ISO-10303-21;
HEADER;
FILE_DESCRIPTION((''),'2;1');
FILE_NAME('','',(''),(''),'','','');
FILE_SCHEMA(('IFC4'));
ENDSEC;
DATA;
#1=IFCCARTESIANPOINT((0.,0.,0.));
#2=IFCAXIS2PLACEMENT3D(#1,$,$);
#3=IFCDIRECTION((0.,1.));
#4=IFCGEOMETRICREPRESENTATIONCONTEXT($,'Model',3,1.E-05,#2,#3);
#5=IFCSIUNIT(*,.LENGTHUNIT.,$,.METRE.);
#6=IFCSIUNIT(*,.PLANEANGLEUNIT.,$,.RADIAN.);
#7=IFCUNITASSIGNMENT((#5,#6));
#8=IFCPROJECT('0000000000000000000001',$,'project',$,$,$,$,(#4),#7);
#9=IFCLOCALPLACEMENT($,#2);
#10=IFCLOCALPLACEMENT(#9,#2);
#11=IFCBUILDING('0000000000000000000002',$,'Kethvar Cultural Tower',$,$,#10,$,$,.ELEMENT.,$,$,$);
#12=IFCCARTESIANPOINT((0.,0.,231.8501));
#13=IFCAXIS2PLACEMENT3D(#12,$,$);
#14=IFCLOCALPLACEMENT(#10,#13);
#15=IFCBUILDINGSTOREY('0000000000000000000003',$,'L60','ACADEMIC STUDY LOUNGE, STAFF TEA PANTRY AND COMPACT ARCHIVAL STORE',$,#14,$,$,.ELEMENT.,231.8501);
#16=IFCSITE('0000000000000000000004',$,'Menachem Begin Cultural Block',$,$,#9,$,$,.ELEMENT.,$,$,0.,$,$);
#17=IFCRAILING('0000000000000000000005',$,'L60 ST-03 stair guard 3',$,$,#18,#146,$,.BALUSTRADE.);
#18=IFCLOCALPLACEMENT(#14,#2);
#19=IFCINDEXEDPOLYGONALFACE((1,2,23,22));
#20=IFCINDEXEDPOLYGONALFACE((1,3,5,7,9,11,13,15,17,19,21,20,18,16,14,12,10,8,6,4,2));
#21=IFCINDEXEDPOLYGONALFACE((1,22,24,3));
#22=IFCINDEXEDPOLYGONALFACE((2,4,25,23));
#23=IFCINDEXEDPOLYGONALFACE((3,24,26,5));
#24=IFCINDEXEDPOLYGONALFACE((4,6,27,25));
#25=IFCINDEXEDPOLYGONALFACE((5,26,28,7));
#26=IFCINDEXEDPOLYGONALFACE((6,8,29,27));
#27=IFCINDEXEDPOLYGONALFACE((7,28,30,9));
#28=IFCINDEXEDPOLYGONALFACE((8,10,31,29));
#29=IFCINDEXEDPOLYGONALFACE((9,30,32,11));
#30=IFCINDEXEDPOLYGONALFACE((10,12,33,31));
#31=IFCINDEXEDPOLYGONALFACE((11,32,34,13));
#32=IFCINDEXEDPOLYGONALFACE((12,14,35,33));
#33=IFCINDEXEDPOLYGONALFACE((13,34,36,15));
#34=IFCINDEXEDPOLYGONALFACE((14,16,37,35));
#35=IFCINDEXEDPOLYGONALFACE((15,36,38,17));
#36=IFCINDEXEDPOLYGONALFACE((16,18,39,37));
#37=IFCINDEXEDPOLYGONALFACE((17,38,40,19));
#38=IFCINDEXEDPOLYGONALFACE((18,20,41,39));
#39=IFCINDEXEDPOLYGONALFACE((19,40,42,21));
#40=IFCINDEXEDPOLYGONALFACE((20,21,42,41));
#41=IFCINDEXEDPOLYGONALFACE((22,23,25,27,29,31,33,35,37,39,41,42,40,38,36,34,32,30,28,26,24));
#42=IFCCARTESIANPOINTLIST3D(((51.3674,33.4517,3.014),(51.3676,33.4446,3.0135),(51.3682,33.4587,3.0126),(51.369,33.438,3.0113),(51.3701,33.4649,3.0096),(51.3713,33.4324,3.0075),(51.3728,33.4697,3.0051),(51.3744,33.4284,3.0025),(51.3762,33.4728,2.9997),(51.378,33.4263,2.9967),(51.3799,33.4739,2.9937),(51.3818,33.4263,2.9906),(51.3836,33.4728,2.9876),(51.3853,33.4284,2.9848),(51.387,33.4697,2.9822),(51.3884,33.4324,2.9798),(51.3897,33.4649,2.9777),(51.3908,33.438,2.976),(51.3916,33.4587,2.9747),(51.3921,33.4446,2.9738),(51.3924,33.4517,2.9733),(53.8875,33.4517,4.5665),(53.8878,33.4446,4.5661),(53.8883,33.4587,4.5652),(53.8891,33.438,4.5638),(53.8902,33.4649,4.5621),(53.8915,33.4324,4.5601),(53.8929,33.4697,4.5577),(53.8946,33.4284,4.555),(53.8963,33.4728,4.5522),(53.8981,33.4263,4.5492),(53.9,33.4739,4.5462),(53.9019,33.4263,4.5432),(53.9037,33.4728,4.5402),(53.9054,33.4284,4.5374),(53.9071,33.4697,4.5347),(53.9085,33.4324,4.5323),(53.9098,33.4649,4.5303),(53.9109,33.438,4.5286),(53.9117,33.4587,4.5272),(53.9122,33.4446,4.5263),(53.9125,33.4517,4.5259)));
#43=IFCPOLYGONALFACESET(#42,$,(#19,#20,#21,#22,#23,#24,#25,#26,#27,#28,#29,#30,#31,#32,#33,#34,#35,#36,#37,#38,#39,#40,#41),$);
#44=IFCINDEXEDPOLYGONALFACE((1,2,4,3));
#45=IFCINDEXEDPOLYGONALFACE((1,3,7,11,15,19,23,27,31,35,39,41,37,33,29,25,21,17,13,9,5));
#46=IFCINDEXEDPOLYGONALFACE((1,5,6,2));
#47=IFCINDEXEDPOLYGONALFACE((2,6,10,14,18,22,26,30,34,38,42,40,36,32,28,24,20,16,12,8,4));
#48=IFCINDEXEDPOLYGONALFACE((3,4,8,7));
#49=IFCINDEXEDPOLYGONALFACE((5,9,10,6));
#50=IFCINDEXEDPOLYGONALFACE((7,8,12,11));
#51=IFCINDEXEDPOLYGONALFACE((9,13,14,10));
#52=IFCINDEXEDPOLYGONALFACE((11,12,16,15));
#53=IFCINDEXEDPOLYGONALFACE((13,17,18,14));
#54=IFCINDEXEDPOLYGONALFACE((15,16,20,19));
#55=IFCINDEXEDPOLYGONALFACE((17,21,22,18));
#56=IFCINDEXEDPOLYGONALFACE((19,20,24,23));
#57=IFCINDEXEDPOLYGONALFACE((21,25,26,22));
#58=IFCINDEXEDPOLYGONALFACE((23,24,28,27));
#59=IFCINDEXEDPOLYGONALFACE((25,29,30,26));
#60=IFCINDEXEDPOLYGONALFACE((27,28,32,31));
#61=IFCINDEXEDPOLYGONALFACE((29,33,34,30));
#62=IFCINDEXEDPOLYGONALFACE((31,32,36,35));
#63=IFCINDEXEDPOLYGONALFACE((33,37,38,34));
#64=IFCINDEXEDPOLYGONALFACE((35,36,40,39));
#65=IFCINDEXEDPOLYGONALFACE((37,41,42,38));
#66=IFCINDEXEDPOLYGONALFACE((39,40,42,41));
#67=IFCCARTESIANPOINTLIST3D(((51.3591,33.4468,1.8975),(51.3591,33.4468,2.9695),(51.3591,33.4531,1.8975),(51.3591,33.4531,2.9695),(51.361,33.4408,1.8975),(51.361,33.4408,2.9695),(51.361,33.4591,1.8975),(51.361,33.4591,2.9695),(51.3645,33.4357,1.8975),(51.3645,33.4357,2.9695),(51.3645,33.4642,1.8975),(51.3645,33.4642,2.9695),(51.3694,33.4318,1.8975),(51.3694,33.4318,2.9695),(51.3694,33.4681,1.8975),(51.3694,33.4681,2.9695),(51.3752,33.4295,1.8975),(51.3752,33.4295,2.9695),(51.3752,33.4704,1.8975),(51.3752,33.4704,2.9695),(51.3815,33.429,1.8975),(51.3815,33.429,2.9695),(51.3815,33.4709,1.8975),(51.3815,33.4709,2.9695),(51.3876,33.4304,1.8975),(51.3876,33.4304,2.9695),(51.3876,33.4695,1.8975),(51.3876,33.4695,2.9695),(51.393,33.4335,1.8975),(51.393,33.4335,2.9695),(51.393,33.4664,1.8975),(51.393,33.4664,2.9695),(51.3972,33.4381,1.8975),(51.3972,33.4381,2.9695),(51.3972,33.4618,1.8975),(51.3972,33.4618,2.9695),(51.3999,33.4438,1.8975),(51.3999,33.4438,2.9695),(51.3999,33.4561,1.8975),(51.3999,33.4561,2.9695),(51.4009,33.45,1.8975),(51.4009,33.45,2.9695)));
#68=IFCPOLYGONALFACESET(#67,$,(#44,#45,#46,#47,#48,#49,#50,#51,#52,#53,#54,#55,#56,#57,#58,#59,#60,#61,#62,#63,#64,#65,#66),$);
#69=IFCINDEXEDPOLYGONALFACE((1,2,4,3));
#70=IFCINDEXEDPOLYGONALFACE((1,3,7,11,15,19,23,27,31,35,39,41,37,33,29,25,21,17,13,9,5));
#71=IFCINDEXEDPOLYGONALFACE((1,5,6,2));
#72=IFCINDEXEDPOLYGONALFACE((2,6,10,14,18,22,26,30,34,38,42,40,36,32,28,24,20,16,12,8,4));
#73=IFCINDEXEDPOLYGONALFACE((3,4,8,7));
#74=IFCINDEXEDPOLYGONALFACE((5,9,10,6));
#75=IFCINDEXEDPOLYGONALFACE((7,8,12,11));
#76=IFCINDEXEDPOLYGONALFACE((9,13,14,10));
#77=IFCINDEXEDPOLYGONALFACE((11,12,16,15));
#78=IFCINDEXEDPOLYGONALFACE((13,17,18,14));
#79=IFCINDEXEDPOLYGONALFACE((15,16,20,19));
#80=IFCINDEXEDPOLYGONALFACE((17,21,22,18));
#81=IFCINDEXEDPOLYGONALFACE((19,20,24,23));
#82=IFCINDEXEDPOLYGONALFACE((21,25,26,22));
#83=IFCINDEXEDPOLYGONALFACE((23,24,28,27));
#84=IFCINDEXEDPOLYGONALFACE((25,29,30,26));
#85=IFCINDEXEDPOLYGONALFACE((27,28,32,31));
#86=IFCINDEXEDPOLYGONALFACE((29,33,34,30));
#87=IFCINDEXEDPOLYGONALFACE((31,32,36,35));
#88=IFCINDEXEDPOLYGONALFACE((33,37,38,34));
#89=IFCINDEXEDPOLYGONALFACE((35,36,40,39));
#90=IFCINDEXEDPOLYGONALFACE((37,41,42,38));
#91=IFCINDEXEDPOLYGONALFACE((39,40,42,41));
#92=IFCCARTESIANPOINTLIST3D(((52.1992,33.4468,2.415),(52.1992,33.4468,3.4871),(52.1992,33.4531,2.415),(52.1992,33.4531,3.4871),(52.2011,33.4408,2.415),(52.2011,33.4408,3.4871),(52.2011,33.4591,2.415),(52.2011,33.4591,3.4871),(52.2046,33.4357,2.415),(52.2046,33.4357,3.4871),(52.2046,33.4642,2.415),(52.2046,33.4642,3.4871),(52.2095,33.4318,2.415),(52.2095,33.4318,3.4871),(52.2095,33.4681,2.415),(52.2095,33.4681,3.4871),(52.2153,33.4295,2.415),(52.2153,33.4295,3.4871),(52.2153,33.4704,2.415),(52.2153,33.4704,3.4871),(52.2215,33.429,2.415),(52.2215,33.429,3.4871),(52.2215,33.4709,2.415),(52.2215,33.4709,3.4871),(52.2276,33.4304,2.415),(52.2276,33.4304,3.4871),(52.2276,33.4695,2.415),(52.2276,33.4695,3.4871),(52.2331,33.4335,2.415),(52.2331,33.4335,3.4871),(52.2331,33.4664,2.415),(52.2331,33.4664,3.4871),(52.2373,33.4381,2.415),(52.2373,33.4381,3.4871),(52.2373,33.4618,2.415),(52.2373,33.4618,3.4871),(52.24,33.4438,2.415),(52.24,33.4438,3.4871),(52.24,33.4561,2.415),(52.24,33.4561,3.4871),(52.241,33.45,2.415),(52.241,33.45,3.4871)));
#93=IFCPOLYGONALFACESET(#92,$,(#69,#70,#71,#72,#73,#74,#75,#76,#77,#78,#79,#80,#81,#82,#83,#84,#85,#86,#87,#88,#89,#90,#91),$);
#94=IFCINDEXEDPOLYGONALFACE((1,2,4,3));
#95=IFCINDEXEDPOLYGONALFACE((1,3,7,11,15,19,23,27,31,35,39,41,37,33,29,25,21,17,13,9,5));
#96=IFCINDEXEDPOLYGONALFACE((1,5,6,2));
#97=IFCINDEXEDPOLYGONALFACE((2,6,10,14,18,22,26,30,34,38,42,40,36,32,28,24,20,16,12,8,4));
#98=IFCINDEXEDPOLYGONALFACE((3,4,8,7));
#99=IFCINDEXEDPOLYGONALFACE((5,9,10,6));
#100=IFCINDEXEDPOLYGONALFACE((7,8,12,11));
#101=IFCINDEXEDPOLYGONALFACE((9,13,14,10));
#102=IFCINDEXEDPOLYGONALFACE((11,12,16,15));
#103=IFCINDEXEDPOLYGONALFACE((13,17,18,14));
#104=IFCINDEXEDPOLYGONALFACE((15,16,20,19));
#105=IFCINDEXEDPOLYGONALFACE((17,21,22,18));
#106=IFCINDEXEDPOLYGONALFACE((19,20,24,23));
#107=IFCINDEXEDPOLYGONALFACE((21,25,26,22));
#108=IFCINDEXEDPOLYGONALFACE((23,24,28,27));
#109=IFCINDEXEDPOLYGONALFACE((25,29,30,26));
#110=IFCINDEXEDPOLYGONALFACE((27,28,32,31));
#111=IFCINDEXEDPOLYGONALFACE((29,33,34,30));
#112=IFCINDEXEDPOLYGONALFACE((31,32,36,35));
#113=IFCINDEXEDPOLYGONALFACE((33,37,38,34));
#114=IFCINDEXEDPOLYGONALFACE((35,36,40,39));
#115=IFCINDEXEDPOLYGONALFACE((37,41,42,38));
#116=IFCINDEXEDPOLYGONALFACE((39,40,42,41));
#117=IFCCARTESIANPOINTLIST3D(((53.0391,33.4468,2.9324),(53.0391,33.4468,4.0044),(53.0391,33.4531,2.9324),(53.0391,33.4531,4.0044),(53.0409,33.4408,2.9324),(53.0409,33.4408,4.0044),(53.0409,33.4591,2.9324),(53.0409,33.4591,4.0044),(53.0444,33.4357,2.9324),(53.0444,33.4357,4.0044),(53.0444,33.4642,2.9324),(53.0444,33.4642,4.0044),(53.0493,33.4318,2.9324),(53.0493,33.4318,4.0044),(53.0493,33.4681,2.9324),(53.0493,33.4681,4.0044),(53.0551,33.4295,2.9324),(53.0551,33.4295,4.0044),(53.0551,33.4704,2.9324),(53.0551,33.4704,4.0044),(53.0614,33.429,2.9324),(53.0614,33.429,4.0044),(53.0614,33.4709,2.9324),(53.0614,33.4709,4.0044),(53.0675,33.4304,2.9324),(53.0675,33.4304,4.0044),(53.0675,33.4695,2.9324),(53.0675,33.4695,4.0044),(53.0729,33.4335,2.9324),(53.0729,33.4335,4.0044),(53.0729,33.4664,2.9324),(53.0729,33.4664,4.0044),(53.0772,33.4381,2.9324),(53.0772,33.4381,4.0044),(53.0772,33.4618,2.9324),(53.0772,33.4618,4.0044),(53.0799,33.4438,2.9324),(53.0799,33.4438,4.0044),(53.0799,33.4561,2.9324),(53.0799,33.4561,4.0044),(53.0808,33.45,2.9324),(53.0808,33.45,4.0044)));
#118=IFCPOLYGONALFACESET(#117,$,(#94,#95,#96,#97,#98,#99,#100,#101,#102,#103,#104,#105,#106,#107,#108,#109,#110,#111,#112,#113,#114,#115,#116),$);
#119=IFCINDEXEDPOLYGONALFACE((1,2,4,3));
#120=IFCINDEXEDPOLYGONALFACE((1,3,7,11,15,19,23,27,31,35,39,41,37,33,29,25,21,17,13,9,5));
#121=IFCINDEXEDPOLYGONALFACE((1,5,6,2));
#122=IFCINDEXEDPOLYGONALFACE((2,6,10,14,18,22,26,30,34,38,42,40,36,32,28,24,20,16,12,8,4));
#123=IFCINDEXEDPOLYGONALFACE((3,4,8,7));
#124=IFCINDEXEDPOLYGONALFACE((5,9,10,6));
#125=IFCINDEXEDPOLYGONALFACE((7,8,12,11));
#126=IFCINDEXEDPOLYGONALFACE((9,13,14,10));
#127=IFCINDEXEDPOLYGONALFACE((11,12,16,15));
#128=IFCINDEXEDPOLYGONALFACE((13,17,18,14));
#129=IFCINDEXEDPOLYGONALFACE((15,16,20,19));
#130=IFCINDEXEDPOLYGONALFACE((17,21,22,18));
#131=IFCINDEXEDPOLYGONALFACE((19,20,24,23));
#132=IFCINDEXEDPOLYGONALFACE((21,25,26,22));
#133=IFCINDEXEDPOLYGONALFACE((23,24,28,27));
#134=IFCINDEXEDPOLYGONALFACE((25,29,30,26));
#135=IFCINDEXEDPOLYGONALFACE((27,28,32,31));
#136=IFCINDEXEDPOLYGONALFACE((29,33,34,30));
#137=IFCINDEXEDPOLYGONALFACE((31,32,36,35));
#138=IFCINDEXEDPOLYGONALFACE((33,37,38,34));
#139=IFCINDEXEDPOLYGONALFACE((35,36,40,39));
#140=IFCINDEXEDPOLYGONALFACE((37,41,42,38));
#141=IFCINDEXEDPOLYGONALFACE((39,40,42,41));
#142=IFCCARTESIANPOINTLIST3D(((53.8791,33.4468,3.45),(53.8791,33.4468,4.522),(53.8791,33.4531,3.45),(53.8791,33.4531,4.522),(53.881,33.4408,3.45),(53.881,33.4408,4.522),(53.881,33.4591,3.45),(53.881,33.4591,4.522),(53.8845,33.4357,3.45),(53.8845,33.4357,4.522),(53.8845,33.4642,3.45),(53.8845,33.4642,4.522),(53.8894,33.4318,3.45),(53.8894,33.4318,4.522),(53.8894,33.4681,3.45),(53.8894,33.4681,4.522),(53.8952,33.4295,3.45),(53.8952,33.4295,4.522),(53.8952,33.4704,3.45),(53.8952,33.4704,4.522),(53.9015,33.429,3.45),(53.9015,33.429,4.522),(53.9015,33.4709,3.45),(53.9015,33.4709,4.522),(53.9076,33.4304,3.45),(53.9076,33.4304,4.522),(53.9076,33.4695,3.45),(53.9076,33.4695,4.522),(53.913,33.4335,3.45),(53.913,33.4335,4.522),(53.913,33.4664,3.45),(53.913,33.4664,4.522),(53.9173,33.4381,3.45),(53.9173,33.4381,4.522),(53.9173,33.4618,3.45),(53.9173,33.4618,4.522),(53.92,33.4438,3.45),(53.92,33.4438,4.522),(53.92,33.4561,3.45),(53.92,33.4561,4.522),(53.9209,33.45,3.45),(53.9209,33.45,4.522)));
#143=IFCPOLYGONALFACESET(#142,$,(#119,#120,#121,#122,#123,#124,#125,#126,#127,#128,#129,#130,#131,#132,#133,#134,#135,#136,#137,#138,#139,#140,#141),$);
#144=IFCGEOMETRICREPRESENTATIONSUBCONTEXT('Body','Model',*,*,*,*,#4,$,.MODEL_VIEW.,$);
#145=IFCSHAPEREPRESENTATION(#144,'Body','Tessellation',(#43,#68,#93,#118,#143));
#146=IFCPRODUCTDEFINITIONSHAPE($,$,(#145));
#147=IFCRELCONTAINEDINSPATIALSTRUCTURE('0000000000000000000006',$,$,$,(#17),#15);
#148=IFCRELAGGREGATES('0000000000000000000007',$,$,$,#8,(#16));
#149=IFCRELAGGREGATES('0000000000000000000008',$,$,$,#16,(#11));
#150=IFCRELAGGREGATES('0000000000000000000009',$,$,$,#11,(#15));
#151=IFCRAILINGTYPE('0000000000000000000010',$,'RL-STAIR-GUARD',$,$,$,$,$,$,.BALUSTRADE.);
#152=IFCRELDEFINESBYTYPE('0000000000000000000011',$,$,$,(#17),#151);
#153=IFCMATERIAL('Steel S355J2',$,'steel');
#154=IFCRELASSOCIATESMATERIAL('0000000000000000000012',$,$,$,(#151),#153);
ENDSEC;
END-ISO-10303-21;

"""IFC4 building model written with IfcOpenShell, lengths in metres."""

from ifc_helpers import new_model, si_unit, direction, frame, origin, origin_2d, place, context, subcontext, project, spatial, circle, extrude, material, type_object, element, save


model = new_model("IFC4")

# Units and contexts
model_context = context("Model", 3, precision=1e-05, world=origin(), true_north=direction((0.0, 1.0)))
body_context = subcontext(model_context, "Body", "Model", "MODEL_VIEW")
ifc_project = project(units=[si_unit("LENGTHUNIT", "METRE"), si_unit("PLANEANGLEUNIT", "RADIAN")], contexts=[model_context])

# Site, building, storey
site_placement = place(None, origin())
site = spatial("IfcSite", under=ifc_project, at=site_placement, Name="Menachem Begin Cultural Block", CompositionType="ELEMENT", RefElevation=0.0)
building_placement = place(site_placement, origin())
building = spatial("IfcBuilding", under=site, at=building_placement, Name="Kethvar Cultural Tower", CompositionType="ELEMENT")
storey_placement = place(building_placement, frame((0.0, 0.0, 231.8501)))
storey = spatial("IfcBuildingStorey", under=building, at=storey_placement, Name="L60", Description="ACADEMIC STUDY LOUNGE, STAFF TEA PANTRY AND COMPACT ARCHIVAL STORE", CompositionType="ELEMENT", Elevation=231.8501)

# Shared definitions
ifc_material_1 = material(Name="Steel S355J2", Category="steel")

# Railing
railing_type_1 = type_object("IfcRailingType", Name="RL-STAIR-GUARD", PredefinedType="BALUSTRADE", material=ifc_material_1)
railing_1_placement = place(storey_placement, frame((51.3799, 33.45, 1.8975)))
element("IfcRailing", 1, at=railing_1_placement, inside=storey, type_object=railing_type_1, Name="L60 ST-03 stair guard 3", PredefinedType="BALUSTRADE", context=body_context, shape_type="SweptSolid", body=[
    extrude(circle(Radius=0.0239, at=origin_2d()), frame((0.0, 0.0, 1.0962), z_axis=(0.8514, 0.0, 0.524516), x_axis=(0.0, 1.0, 0.0)), (0.0, 0.0, 1.0), 2.96),
    extrude(circle(Radius=0.021, at=origin_2d()), origin(), (0.0, 0.0, 1.0), 1.072),
    extrude(circle(Radius=0.021, at=origin_2d()), frame((0.8401, 0.0, 0.5176)), (0.0, 0.0, 1.0), 1.072),
    extrude(circle(Radius=0.021, at=origin_2d()), frame((1.6799, 0.0, 1.0349)), (0.0, 0.0, 1.0), 1.072),
    extrude(circle(Radius=0.021, at=origin_2d()), frame((2.52, 0.0, 1.5525)), (0.0, 0.0, 1.0), 1.072),
])

save(model, "model.ifc")
